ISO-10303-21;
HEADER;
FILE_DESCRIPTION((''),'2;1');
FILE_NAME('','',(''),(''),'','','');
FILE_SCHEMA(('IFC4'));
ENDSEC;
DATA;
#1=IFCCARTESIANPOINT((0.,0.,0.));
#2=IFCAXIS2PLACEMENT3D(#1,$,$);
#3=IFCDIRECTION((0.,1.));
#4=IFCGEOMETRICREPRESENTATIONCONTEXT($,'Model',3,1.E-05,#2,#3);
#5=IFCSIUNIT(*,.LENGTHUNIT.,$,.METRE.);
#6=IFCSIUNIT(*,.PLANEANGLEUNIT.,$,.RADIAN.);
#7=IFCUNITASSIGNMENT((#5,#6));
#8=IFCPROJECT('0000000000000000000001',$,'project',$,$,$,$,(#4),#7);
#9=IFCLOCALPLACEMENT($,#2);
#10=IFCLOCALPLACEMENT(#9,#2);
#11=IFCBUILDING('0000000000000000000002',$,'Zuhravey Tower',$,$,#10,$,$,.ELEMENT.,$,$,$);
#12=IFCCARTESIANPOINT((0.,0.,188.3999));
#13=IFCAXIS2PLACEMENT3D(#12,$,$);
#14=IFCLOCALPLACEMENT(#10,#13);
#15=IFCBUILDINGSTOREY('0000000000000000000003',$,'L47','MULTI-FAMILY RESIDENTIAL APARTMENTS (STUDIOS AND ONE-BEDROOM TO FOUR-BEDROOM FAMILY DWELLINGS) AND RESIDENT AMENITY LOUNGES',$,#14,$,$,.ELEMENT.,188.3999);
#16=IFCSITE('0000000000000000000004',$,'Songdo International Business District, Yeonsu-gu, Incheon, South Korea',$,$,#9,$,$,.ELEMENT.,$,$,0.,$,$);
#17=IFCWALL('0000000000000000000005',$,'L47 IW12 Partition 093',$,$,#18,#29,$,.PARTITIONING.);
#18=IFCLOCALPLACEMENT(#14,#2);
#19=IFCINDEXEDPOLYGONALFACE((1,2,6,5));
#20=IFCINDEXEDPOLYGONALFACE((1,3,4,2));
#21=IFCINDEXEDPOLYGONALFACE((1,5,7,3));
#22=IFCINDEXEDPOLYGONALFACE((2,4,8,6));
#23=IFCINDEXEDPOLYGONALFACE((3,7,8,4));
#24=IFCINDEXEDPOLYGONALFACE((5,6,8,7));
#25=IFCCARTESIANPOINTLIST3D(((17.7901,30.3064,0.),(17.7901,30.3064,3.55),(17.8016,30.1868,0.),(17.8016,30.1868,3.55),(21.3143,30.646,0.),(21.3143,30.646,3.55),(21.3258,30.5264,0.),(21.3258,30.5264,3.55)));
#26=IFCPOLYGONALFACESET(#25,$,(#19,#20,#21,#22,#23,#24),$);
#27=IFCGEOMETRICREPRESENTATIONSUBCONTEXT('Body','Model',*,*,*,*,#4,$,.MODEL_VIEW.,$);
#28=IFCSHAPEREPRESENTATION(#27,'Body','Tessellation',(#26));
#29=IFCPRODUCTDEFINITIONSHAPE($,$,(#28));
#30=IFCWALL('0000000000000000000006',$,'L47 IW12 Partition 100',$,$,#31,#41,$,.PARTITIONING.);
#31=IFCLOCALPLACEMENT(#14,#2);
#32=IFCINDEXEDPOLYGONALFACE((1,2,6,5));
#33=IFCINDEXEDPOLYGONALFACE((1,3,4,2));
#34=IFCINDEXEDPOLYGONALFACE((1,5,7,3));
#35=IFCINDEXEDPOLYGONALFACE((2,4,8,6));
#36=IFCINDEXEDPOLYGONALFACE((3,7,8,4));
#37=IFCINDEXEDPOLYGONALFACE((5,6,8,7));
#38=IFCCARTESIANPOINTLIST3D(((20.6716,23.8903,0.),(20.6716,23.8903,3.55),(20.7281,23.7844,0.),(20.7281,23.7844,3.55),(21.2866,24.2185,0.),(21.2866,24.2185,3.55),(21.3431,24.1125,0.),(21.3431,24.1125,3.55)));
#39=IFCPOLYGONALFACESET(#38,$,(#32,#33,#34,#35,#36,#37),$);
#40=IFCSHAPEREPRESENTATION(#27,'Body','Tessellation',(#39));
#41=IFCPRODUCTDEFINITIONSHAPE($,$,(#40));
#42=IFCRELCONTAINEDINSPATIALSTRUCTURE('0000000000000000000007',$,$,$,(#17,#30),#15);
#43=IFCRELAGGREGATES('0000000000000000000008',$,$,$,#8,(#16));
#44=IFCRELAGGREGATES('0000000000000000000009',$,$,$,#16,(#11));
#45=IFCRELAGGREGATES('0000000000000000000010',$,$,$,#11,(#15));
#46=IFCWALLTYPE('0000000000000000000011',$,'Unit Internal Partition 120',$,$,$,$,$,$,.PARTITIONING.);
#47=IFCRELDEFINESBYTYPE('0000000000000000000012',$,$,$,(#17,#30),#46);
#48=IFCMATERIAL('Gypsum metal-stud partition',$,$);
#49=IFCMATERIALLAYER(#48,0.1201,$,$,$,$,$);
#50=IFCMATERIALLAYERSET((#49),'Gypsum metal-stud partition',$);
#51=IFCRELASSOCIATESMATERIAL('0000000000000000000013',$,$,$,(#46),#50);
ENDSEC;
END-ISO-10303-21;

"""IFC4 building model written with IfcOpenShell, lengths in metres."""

from ifc_helpers import new_model, si_unit, direction, frame, frame_2d, origin, place, context, subcontext, project, spatial, rectangle, extrude, material, layer, layer_set, type_object, element, save


model = new_model("IFC4")

# Units and contexts
model_context = context("Model", 3, precision=1e-05, world=origin(), true_north=direction((0.0, 1.0)))
body_context = subcontext(model_context, "Body", "Model", "MODEL_VIEW")
ifc_project = project(units=[si_unit("LENGTHUNIT", "METRE"), si_unit("PLANEANGLEUNIT", "RADIAN")], contexts=[model_context])

# Site, building, storey
site_placement = place(None, origin())
site = spatial("IfcSite", under=ifc_project, at=site_placement, Name="Songdo International Business District, Yeonsu-gu, Incheon, South Korea", CompositionType="ELEMENT", RefElevation=0.0)
building_placement = place(site_placement, origin())
building = spatial("IfcBuilding", under=site, at=building_placement, Name="Zuhravey Tower", CompositionType="ELEMENT")
storey_placement = place(building_placement, frame((0.0, 0.0, 188.3999)))
storey = spatial("IfcBuildingStorey", under=building, at=storey_placement, Name="L47", Description="MULTI-FAMILY RESIDENTIAL APARTMENTS (STUDIOS AND ONE-BEDROOM TO FOUR-BEDROOM FAMILY DWELLINGS) AND RESIDENT AMENITY LOUNGES", CompositionType="ELEMENT", Elevation=188.3999)

# Shared definitions
ifc_material_1 = material(Name="Gypsum metal-stud partition")
ifc_layer_1 = layer(ifc_material_1, 0.1201)
ifc_layer_set_1 = layer_set([ifc_layer_1], Name="Gypsum metal-stud partition")
wall_type_1 = type_object("IfcWallType", Name="Unit Internal Partition 120", PredefinedType="PARTITIONING", material=ifc_layer_set_1)

# Walls
wall_1_placement = place(storey_placement, frame((21.3201, 30.5862, 0.0), z_axis=(0.0, 0.0, 1.0), x_axis=(-0.995389, -0.095919, 0.0)))
element("IfcWall", 1, at=wall_1_placement, inside=storey, type_object=wall_type_1, Name="L47 IW12 Partition 093", PredefinedType="PARTITIONING", context=body_context, shape_type="SweptSolid", body=[
    extrude(rectangle(XDim=3.5405, YDim=0.1201, at=frame_2d((1.7703, 0.0))), origin(), (0.0, 0.0, 1.0), 3.55),
])
wall_2_placement = place(storey_placement, frame((21.3149, 24.1655, 0.0), z_axis=(0.0, 0.0, 1.0), x_axis=(-0.882275, -0.470734, 0.0)))
element("IfcWall", 2, at=wall_2_placement, inside=storey, type_object=wall_type_1, Name="L47 IW12 Partition 100", PredefinedType="PARTITIONING", context=body_context, shape_type="SweptSolid", body=[
    extrude(rectangle(XDim=0.697, YDim=0.1201, at=frame_2d((0.3486, 0.0))), origin(), (0.0, 0.0, 1.0), 3.55),
])

save(model, "model.ifc")
